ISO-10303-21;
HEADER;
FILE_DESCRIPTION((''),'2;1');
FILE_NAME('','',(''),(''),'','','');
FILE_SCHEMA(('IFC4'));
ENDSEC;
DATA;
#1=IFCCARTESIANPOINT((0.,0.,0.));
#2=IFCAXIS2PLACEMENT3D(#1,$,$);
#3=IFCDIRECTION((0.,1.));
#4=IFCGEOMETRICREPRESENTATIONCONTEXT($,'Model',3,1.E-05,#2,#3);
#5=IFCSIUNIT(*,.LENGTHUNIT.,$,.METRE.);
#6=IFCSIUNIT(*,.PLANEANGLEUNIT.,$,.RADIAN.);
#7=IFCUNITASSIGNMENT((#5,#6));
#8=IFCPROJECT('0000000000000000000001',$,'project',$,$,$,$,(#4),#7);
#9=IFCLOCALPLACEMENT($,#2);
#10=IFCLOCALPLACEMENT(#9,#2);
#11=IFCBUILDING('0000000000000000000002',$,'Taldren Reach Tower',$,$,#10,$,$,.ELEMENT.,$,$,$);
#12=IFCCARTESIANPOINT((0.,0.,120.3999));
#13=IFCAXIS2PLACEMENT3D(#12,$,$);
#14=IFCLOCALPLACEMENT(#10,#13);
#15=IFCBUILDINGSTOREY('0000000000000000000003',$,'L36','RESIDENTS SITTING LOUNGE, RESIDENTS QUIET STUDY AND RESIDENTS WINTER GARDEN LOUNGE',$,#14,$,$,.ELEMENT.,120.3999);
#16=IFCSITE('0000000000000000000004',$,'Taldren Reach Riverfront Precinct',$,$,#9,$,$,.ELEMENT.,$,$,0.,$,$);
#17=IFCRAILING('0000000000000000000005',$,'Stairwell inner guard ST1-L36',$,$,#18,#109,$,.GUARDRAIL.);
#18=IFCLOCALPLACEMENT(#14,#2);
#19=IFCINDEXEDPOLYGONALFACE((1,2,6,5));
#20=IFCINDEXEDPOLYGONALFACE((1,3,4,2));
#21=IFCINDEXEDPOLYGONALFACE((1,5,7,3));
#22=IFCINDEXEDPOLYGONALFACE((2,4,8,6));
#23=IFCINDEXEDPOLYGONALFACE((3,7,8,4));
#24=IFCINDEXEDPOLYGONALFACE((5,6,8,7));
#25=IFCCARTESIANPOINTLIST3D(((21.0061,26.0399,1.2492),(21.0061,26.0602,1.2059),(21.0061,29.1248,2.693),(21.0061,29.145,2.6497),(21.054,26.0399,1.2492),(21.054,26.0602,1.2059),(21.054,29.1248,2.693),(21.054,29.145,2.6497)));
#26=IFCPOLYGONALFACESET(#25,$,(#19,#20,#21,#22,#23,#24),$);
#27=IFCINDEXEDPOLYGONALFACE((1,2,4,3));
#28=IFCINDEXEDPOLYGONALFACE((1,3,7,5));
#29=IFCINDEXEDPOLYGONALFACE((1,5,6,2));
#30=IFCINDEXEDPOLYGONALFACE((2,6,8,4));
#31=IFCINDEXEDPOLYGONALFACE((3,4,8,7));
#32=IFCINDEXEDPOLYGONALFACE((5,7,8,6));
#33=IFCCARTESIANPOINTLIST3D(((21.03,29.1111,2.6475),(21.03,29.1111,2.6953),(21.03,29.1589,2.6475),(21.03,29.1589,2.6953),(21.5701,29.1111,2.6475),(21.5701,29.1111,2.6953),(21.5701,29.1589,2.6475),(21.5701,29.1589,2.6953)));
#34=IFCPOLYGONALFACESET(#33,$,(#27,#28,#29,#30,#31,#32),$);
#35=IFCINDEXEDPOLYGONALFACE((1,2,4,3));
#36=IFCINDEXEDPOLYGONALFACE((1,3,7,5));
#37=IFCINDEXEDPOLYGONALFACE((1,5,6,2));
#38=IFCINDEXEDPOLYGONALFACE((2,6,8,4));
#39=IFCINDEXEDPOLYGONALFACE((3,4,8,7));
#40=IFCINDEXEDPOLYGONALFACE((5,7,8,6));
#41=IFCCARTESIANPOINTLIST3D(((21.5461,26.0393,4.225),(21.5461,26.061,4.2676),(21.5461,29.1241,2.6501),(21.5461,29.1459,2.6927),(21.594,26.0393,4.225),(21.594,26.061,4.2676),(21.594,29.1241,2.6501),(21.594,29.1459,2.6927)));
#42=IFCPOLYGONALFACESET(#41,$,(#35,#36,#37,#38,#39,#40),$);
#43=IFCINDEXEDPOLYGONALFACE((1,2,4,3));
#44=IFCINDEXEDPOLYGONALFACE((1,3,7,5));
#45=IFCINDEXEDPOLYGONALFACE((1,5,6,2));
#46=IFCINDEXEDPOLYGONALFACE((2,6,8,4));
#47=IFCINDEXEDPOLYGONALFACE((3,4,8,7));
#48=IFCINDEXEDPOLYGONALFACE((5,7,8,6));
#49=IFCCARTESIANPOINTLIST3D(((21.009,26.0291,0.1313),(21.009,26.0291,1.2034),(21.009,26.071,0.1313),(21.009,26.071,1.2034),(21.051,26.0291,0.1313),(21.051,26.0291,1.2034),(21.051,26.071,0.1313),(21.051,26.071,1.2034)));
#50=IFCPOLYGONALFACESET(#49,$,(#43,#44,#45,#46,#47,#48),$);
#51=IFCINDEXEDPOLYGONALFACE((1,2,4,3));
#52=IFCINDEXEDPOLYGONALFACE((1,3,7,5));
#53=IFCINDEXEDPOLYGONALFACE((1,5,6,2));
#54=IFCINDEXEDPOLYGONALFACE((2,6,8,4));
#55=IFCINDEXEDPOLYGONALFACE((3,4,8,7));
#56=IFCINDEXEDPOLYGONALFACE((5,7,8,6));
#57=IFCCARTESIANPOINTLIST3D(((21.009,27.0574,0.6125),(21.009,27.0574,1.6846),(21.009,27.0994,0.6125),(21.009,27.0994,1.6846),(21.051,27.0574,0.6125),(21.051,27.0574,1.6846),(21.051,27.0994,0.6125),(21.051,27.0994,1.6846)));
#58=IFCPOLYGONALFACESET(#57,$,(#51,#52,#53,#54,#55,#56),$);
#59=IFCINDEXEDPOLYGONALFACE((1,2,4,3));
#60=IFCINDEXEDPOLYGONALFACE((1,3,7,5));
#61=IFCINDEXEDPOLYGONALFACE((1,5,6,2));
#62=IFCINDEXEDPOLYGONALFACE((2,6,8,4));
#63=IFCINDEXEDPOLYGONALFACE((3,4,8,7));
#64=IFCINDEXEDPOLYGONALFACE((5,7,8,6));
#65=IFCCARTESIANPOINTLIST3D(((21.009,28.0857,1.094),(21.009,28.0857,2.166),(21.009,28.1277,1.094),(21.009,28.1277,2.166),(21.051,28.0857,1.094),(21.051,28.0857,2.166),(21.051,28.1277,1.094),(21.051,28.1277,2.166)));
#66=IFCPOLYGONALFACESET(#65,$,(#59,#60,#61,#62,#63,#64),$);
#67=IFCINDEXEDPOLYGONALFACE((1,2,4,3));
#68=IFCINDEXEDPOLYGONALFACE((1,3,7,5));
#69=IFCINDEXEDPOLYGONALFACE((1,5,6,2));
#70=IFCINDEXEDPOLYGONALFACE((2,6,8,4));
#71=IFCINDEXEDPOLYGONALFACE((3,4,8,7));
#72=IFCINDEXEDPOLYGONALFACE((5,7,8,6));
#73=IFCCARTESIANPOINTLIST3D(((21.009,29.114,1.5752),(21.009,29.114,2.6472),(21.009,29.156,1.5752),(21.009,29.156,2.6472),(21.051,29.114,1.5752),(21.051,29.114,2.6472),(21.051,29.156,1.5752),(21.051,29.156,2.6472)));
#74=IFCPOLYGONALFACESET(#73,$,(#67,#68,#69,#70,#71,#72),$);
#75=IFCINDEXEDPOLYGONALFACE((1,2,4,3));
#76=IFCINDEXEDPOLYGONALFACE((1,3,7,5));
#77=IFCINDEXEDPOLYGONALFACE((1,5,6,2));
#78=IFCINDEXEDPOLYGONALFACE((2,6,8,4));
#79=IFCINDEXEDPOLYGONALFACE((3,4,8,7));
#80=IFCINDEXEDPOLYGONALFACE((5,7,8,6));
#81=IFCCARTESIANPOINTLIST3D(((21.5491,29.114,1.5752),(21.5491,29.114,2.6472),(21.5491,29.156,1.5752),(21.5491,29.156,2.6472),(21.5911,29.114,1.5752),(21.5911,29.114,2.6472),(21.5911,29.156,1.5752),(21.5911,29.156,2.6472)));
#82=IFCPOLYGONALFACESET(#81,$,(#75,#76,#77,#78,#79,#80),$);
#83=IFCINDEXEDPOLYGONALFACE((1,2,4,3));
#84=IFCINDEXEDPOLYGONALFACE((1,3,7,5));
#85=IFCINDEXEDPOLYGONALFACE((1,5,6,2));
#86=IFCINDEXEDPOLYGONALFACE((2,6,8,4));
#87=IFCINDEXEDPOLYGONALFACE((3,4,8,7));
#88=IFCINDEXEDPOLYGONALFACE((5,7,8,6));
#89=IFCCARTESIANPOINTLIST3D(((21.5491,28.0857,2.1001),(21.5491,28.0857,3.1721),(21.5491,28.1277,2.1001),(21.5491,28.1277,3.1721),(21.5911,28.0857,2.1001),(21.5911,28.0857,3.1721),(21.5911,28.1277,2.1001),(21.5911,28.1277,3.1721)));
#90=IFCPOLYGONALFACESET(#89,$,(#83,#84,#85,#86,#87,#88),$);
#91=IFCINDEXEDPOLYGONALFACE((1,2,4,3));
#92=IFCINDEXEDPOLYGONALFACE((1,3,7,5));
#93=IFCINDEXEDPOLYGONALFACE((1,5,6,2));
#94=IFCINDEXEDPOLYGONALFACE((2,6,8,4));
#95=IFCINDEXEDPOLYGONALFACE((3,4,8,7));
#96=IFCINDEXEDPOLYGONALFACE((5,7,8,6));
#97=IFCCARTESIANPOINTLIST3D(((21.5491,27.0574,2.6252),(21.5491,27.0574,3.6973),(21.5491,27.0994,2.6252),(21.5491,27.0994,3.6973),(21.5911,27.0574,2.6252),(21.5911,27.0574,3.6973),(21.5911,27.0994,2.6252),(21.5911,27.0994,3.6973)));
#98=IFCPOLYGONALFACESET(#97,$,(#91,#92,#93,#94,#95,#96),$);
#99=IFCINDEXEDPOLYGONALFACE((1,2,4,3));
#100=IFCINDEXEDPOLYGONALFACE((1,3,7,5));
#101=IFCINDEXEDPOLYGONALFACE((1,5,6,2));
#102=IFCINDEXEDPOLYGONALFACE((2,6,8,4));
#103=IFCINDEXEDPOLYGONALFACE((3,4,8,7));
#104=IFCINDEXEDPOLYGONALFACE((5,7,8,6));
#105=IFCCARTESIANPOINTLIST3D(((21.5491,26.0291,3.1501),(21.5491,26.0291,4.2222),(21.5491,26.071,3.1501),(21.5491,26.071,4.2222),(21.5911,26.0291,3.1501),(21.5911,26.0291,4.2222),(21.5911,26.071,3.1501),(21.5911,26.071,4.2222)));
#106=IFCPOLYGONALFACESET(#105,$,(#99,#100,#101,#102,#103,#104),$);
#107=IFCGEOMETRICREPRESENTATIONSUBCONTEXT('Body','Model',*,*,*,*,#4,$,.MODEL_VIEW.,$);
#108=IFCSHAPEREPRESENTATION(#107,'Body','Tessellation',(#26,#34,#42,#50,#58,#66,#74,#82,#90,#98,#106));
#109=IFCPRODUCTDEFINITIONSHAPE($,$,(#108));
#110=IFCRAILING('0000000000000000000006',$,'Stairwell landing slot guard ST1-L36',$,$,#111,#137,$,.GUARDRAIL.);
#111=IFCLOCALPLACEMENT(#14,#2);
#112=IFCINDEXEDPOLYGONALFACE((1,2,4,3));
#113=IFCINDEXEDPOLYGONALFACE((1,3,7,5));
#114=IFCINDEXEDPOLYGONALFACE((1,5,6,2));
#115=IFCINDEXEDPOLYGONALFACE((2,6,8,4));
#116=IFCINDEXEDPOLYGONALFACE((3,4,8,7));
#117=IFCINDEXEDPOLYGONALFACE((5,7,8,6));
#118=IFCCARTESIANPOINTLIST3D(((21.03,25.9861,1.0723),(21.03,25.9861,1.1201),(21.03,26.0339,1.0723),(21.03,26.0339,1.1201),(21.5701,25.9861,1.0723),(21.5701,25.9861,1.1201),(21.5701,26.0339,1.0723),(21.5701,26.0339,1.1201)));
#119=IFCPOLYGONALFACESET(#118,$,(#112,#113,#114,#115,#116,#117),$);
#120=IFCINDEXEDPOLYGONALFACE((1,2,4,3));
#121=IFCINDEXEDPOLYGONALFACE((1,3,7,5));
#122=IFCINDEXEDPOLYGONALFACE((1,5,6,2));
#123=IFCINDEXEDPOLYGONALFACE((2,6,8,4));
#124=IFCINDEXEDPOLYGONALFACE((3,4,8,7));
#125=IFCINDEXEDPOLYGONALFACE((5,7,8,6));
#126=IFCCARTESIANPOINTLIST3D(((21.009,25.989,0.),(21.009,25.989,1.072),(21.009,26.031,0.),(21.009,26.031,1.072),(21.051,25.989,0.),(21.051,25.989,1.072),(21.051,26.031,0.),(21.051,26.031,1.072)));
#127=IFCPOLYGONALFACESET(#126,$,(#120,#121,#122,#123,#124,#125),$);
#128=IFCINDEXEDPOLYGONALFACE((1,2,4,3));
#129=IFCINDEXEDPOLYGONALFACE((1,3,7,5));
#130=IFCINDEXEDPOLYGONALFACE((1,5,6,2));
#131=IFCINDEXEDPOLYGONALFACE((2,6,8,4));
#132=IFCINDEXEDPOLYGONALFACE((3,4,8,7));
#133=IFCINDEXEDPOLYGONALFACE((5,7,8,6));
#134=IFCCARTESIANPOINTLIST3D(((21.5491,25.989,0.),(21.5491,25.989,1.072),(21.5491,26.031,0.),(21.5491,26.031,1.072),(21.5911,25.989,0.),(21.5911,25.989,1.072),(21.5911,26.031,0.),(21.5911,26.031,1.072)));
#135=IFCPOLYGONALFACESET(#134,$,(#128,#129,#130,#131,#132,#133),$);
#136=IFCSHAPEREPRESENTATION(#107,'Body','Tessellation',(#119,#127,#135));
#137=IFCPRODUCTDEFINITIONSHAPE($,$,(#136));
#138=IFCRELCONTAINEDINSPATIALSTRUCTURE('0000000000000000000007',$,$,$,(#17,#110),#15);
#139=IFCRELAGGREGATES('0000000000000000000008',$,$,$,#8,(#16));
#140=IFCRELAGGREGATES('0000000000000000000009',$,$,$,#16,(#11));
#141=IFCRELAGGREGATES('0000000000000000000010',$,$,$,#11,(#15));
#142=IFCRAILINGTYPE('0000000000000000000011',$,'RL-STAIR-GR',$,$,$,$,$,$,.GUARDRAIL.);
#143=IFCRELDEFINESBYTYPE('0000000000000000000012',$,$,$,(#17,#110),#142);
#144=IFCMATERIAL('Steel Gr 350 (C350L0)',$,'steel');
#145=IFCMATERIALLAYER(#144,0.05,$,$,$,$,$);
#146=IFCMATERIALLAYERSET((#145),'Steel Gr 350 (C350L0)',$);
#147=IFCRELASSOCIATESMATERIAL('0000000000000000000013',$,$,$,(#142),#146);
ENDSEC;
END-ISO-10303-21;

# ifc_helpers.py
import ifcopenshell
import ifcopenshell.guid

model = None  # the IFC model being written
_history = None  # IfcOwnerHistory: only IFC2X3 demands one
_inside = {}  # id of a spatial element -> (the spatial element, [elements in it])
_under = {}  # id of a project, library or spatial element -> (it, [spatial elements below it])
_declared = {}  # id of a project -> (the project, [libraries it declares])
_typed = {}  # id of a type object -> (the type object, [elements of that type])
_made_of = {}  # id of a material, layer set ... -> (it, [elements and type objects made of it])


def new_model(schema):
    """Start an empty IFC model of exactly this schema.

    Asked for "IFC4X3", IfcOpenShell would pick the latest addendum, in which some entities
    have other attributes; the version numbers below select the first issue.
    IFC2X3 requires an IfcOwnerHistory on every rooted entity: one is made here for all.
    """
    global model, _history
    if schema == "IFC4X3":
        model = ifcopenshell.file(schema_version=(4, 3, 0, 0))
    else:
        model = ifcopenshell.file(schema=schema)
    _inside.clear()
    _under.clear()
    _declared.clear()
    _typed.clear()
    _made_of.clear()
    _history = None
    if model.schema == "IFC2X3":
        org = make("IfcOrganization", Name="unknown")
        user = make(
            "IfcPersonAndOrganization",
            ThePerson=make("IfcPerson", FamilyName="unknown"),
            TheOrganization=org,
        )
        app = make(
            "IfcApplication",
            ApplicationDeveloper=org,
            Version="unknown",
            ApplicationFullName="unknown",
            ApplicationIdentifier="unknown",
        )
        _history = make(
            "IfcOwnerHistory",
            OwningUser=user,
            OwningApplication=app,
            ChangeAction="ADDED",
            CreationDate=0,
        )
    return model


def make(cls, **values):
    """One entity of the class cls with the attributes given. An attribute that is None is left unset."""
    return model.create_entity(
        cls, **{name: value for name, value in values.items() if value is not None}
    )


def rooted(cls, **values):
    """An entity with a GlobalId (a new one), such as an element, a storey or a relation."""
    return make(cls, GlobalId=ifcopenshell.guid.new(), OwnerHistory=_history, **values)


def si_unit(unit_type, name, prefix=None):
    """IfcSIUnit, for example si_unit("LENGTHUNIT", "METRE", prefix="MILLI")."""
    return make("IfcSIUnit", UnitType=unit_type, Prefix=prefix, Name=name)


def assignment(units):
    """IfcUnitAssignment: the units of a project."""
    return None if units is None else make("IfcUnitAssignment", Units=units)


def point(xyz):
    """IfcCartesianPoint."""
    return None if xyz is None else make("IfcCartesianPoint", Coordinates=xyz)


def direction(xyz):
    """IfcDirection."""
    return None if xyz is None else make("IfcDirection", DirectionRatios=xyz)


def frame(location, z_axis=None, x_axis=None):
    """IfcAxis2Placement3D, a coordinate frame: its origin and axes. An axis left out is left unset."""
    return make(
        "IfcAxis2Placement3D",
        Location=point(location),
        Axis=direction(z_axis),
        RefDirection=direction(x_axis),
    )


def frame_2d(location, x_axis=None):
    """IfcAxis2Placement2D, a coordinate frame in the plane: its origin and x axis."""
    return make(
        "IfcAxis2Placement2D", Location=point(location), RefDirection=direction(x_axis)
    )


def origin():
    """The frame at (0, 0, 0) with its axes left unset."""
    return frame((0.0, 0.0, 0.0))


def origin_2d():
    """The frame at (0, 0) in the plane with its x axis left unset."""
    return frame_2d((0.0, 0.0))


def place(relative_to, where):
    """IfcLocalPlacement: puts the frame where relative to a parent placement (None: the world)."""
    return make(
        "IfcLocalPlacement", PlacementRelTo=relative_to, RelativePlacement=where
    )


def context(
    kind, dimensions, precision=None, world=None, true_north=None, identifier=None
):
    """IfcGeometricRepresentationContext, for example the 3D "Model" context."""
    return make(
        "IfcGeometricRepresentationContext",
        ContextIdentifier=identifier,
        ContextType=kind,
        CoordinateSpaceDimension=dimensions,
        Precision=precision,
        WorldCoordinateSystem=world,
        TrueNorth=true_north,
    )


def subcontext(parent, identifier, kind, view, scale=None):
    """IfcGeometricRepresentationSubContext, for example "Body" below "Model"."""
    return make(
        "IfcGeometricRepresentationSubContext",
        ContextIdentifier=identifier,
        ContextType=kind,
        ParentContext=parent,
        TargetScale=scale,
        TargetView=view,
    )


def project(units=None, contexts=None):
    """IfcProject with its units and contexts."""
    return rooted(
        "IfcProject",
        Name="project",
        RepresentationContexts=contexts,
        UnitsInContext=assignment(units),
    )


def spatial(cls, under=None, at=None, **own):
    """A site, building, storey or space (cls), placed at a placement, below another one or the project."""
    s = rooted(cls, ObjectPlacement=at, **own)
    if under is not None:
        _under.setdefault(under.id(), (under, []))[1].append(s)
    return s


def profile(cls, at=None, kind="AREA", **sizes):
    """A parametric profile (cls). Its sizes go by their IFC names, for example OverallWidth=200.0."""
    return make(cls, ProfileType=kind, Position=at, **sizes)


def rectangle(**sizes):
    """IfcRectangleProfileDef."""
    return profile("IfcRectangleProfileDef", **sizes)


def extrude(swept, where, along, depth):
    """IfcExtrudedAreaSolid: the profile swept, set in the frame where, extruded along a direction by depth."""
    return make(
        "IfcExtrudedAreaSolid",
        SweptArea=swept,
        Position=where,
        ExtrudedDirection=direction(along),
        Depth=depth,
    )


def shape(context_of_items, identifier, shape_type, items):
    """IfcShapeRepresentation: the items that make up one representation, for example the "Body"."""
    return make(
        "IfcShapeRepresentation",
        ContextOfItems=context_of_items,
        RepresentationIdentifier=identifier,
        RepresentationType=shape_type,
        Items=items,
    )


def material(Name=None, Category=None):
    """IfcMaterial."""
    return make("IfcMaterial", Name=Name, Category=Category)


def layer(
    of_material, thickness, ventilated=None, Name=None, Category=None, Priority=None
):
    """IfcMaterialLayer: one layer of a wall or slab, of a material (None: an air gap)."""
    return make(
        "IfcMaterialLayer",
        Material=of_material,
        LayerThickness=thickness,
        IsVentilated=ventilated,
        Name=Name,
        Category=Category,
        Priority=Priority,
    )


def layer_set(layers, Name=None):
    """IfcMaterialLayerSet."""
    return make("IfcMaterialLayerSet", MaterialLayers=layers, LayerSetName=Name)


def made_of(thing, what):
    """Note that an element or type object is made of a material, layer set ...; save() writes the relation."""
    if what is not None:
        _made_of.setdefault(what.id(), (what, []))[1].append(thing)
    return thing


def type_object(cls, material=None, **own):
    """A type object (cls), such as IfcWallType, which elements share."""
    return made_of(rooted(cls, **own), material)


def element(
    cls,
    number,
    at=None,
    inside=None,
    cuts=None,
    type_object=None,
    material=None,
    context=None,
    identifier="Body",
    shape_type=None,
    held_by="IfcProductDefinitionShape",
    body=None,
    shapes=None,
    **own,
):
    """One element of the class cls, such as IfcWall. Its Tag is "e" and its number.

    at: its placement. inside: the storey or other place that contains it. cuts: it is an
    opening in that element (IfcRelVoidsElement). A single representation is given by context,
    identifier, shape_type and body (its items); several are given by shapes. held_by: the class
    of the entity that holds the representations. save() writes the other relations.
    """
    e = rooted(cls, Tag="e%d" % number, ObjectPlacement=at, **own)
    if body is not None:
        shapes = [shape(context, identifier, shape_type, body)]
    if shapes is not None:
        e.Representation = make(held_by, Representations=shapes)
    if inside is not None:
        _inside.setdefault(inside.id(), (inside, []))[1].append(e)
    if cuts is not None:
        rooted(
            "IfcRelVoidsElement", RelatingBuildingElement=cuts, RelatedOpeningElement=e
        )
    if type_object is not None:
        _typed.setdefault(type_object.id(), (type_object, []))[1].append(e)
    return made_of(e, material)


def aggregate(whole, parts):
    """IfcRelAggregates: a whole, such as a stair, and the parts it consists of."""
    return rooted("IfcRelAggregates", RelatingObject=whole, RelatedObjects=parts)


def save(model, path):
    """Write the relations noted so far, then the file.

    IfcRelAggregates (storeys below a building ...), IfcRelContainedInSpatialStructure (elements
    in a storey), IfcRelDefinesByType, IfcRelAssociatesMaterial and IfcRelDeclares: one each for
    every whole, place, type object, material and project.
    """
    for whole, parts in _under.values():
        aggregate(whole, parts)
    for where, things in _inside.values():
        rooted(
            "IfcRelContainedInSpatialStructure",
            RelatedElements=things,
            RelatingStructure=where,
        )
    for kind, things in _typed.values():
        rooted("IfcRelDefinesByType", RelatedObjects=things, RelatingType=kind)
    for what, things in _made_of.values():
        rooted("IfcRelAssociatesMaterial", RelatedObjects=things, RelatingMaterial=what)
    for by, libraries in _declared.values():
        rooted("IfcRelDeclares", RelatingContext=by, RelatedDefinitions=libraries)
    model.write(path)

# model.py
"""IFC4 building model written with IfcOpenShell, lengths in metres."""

from ifc_helpers import new_model, si_unit, direction, frame, origin, origin_2d, place, context, subcontext, project, spatial, rectangle, extrude, material, layer, layer_set, type_object, element, save


model = new_model("IFC4")

# Units and contexts
model_context = context("Model", 3, precision=1e-05, world=origin(), true_north=direction((0.0, 1.0)))
body_context = subcontext(model_context, "Body", "Model", "MODEL_VIEW")
ifc_project = project(units=[si_unit("LENGTHUNIT", "METRE"), si_unit("PLANEANGLEUNIT", "RADIAN")], contexts=[model_context])

# Site, building, storey
site_placement = place(None, origin())
site = spatial("IfcSite", under=ifc_project, at=site_placement, Name="Taldren Reach Riverfront Precinct", CompositionType="ELEMENT", RefElevation=0.0)
building_placement = place(site_placement, origin())
building = spatial("IfcBuilding", under=site, at=building_placement, Name="Taldren Reach Tower", CompositionType="ELEMENT")
storey_placement = place(building_placement, frame((0.0, 0.0, 120.3999)))
storey = spatial("IfcBuildingStorey", under=building, at=storey_placement, Name="L36", Description="RESIDENTS SITTING LOUNGE, RESIDENTS QUIET STUDY AND RESIDENTS WINTER GARDEN LOUNGE", CompositionType="ELEMENT", Elevation=120.3999)

# Shared definitions
ifc_material_1 = material(Name="Steel Gr 350 (C350L0)", Category="steel")

# Railings
ifc_layer_1 = layer(ifc_material_1, 0.05)
ifc_layer_set_1 = layer_set([ifc_layer_1], Name="Steel Gr 350 (C350L0)")
railing_type_1 = type_object("IfcRailingType", Name="RL-STAIR-GR", PredefinedType="GUARDRAIL", material=ifc_layer_set_1)
railing_1_placement = place(storey_placement, frame((21.03, 26.05, 0.1313)))
element("IfcRailing", 1, at=railing_1_placement, inside=storey, type_object=railing_type_1, Name="Stairwell inner guard ST1-L36", PredefinedType="GUARDRAIL", context=body_context, shape_type="SweptSolid", body=[
    extrude(rectangle(XDim=0.0479, YDim=0.0479, at=origin_2d()), frame((0.0, 0.0, 1.0962), z_axis=(0.0, 0.90571, 0.423898), x_axis=(-1.0, 0.0, 0.0)), (0.0, 0.0, 1.0), 3.406),
    extrude(rectangle(XDim=0.0479, YDim=0.0479, at=origin_2d()), frame((0.0, 3.085, 2.54), z_axis=(1.0, 0.0, 0.0), x_axis=(0.0, 1.0, 0.0)), (0.0, 0.0, 1.0), 0.54),
    extrude(rectangle(XDim=0.0479, YDim=0.0479, at=origin_2d()), frame((0.54, 3.085, 2.54), z_axis=(0.0, -0.890646, 0.454697), x_axis=(1.0, 0.0, 0.0)), (0.0, 0.0, 1.0), 3.4636),
    extrude(rectangle(XDim=0.042, YDim=0.042, at=origin_2d()), origin(), (0.0, 0.0, 1.0), 1.072),
    extrude(rectangle(XDim=0.042, YDim=0.042, at=origin_2d()), frame((0.0, 1.0283, 0.4812)), (0.0, 0.0, 1.0), 1.072),
    extrude(rectangle(XDim=0.042, YDim=0.042, at=origin_2d()), frame((0.0, 2.0566, 0.9626)), (0.0, 0.0, 1.0), 1.072),
    extrude(rectangle(XDim=0.042, YDim=0.042, at=origin_2d()), frame((0.0, 3.085, 1.4438)), (0.0, 0.0, 1.0), 1.072),
    extrude(rectangle(XDim=0.042, YDim=0.042, at=origin_2d()), frame((0.54, 3.085, 1.4438)), (0.0, 0.0, 1.0), 1.072),
    extrude(rectangle(XDim=0.042, YDim=0.042, at=origin_2d()), frame((0.54, 2.0566, 1.9688)), (0.0, 0.0, 1.0), 1.072),
    extrude(rectangle(XDim=0.042, YDim=0.042, at=origin_2d()), frame((0.54, 1.0283, 2.4939)), (0.0, 0.0, 1.0), 1.072),
    extrude(rectangle(XDim=0.042, YDim=0.042, at=origin_2d()), frame((0.54, 0.0, 3.0188)), (0.0, 0.0, 1.0), 1.072),
])
railing_2_placement = place(storey_placement, frame((21.03, 26.01, 0.0)))
element("IfcRailing", 2, at=railing_2_placement, inside=storey, type_object=railing_type_1, Name="Stairwell landing slot guard ST1-L36", PredefinedType="GUARDRAIL", context=body_context, shape_type="SweptSolid", body=[
    extrude(rectangle(XDim=0.0479, YDim=0.0479, at=origin_2d()), frame((0.0, 0.0, 1.0962), z_axis=(1.0, 0.0, 0.0), x_axis=(0.0, 1.0, 0.0)), (0.0, 0.0, 1.0), 0.54),
    extrude(rectangle(XDim=0.042, YDim=0.042, at=origin_2d()), origin(), (0.0, 0.0, 1.0), 1.072),
    extrude(rectangle(XDim=0.042, YDim=0.042, at=origin_2d()), frame((0.54, 0.0, 0.0)), (0.0, 0.0, 1.0), 1.072),
])

save(model, "model.ifc")
